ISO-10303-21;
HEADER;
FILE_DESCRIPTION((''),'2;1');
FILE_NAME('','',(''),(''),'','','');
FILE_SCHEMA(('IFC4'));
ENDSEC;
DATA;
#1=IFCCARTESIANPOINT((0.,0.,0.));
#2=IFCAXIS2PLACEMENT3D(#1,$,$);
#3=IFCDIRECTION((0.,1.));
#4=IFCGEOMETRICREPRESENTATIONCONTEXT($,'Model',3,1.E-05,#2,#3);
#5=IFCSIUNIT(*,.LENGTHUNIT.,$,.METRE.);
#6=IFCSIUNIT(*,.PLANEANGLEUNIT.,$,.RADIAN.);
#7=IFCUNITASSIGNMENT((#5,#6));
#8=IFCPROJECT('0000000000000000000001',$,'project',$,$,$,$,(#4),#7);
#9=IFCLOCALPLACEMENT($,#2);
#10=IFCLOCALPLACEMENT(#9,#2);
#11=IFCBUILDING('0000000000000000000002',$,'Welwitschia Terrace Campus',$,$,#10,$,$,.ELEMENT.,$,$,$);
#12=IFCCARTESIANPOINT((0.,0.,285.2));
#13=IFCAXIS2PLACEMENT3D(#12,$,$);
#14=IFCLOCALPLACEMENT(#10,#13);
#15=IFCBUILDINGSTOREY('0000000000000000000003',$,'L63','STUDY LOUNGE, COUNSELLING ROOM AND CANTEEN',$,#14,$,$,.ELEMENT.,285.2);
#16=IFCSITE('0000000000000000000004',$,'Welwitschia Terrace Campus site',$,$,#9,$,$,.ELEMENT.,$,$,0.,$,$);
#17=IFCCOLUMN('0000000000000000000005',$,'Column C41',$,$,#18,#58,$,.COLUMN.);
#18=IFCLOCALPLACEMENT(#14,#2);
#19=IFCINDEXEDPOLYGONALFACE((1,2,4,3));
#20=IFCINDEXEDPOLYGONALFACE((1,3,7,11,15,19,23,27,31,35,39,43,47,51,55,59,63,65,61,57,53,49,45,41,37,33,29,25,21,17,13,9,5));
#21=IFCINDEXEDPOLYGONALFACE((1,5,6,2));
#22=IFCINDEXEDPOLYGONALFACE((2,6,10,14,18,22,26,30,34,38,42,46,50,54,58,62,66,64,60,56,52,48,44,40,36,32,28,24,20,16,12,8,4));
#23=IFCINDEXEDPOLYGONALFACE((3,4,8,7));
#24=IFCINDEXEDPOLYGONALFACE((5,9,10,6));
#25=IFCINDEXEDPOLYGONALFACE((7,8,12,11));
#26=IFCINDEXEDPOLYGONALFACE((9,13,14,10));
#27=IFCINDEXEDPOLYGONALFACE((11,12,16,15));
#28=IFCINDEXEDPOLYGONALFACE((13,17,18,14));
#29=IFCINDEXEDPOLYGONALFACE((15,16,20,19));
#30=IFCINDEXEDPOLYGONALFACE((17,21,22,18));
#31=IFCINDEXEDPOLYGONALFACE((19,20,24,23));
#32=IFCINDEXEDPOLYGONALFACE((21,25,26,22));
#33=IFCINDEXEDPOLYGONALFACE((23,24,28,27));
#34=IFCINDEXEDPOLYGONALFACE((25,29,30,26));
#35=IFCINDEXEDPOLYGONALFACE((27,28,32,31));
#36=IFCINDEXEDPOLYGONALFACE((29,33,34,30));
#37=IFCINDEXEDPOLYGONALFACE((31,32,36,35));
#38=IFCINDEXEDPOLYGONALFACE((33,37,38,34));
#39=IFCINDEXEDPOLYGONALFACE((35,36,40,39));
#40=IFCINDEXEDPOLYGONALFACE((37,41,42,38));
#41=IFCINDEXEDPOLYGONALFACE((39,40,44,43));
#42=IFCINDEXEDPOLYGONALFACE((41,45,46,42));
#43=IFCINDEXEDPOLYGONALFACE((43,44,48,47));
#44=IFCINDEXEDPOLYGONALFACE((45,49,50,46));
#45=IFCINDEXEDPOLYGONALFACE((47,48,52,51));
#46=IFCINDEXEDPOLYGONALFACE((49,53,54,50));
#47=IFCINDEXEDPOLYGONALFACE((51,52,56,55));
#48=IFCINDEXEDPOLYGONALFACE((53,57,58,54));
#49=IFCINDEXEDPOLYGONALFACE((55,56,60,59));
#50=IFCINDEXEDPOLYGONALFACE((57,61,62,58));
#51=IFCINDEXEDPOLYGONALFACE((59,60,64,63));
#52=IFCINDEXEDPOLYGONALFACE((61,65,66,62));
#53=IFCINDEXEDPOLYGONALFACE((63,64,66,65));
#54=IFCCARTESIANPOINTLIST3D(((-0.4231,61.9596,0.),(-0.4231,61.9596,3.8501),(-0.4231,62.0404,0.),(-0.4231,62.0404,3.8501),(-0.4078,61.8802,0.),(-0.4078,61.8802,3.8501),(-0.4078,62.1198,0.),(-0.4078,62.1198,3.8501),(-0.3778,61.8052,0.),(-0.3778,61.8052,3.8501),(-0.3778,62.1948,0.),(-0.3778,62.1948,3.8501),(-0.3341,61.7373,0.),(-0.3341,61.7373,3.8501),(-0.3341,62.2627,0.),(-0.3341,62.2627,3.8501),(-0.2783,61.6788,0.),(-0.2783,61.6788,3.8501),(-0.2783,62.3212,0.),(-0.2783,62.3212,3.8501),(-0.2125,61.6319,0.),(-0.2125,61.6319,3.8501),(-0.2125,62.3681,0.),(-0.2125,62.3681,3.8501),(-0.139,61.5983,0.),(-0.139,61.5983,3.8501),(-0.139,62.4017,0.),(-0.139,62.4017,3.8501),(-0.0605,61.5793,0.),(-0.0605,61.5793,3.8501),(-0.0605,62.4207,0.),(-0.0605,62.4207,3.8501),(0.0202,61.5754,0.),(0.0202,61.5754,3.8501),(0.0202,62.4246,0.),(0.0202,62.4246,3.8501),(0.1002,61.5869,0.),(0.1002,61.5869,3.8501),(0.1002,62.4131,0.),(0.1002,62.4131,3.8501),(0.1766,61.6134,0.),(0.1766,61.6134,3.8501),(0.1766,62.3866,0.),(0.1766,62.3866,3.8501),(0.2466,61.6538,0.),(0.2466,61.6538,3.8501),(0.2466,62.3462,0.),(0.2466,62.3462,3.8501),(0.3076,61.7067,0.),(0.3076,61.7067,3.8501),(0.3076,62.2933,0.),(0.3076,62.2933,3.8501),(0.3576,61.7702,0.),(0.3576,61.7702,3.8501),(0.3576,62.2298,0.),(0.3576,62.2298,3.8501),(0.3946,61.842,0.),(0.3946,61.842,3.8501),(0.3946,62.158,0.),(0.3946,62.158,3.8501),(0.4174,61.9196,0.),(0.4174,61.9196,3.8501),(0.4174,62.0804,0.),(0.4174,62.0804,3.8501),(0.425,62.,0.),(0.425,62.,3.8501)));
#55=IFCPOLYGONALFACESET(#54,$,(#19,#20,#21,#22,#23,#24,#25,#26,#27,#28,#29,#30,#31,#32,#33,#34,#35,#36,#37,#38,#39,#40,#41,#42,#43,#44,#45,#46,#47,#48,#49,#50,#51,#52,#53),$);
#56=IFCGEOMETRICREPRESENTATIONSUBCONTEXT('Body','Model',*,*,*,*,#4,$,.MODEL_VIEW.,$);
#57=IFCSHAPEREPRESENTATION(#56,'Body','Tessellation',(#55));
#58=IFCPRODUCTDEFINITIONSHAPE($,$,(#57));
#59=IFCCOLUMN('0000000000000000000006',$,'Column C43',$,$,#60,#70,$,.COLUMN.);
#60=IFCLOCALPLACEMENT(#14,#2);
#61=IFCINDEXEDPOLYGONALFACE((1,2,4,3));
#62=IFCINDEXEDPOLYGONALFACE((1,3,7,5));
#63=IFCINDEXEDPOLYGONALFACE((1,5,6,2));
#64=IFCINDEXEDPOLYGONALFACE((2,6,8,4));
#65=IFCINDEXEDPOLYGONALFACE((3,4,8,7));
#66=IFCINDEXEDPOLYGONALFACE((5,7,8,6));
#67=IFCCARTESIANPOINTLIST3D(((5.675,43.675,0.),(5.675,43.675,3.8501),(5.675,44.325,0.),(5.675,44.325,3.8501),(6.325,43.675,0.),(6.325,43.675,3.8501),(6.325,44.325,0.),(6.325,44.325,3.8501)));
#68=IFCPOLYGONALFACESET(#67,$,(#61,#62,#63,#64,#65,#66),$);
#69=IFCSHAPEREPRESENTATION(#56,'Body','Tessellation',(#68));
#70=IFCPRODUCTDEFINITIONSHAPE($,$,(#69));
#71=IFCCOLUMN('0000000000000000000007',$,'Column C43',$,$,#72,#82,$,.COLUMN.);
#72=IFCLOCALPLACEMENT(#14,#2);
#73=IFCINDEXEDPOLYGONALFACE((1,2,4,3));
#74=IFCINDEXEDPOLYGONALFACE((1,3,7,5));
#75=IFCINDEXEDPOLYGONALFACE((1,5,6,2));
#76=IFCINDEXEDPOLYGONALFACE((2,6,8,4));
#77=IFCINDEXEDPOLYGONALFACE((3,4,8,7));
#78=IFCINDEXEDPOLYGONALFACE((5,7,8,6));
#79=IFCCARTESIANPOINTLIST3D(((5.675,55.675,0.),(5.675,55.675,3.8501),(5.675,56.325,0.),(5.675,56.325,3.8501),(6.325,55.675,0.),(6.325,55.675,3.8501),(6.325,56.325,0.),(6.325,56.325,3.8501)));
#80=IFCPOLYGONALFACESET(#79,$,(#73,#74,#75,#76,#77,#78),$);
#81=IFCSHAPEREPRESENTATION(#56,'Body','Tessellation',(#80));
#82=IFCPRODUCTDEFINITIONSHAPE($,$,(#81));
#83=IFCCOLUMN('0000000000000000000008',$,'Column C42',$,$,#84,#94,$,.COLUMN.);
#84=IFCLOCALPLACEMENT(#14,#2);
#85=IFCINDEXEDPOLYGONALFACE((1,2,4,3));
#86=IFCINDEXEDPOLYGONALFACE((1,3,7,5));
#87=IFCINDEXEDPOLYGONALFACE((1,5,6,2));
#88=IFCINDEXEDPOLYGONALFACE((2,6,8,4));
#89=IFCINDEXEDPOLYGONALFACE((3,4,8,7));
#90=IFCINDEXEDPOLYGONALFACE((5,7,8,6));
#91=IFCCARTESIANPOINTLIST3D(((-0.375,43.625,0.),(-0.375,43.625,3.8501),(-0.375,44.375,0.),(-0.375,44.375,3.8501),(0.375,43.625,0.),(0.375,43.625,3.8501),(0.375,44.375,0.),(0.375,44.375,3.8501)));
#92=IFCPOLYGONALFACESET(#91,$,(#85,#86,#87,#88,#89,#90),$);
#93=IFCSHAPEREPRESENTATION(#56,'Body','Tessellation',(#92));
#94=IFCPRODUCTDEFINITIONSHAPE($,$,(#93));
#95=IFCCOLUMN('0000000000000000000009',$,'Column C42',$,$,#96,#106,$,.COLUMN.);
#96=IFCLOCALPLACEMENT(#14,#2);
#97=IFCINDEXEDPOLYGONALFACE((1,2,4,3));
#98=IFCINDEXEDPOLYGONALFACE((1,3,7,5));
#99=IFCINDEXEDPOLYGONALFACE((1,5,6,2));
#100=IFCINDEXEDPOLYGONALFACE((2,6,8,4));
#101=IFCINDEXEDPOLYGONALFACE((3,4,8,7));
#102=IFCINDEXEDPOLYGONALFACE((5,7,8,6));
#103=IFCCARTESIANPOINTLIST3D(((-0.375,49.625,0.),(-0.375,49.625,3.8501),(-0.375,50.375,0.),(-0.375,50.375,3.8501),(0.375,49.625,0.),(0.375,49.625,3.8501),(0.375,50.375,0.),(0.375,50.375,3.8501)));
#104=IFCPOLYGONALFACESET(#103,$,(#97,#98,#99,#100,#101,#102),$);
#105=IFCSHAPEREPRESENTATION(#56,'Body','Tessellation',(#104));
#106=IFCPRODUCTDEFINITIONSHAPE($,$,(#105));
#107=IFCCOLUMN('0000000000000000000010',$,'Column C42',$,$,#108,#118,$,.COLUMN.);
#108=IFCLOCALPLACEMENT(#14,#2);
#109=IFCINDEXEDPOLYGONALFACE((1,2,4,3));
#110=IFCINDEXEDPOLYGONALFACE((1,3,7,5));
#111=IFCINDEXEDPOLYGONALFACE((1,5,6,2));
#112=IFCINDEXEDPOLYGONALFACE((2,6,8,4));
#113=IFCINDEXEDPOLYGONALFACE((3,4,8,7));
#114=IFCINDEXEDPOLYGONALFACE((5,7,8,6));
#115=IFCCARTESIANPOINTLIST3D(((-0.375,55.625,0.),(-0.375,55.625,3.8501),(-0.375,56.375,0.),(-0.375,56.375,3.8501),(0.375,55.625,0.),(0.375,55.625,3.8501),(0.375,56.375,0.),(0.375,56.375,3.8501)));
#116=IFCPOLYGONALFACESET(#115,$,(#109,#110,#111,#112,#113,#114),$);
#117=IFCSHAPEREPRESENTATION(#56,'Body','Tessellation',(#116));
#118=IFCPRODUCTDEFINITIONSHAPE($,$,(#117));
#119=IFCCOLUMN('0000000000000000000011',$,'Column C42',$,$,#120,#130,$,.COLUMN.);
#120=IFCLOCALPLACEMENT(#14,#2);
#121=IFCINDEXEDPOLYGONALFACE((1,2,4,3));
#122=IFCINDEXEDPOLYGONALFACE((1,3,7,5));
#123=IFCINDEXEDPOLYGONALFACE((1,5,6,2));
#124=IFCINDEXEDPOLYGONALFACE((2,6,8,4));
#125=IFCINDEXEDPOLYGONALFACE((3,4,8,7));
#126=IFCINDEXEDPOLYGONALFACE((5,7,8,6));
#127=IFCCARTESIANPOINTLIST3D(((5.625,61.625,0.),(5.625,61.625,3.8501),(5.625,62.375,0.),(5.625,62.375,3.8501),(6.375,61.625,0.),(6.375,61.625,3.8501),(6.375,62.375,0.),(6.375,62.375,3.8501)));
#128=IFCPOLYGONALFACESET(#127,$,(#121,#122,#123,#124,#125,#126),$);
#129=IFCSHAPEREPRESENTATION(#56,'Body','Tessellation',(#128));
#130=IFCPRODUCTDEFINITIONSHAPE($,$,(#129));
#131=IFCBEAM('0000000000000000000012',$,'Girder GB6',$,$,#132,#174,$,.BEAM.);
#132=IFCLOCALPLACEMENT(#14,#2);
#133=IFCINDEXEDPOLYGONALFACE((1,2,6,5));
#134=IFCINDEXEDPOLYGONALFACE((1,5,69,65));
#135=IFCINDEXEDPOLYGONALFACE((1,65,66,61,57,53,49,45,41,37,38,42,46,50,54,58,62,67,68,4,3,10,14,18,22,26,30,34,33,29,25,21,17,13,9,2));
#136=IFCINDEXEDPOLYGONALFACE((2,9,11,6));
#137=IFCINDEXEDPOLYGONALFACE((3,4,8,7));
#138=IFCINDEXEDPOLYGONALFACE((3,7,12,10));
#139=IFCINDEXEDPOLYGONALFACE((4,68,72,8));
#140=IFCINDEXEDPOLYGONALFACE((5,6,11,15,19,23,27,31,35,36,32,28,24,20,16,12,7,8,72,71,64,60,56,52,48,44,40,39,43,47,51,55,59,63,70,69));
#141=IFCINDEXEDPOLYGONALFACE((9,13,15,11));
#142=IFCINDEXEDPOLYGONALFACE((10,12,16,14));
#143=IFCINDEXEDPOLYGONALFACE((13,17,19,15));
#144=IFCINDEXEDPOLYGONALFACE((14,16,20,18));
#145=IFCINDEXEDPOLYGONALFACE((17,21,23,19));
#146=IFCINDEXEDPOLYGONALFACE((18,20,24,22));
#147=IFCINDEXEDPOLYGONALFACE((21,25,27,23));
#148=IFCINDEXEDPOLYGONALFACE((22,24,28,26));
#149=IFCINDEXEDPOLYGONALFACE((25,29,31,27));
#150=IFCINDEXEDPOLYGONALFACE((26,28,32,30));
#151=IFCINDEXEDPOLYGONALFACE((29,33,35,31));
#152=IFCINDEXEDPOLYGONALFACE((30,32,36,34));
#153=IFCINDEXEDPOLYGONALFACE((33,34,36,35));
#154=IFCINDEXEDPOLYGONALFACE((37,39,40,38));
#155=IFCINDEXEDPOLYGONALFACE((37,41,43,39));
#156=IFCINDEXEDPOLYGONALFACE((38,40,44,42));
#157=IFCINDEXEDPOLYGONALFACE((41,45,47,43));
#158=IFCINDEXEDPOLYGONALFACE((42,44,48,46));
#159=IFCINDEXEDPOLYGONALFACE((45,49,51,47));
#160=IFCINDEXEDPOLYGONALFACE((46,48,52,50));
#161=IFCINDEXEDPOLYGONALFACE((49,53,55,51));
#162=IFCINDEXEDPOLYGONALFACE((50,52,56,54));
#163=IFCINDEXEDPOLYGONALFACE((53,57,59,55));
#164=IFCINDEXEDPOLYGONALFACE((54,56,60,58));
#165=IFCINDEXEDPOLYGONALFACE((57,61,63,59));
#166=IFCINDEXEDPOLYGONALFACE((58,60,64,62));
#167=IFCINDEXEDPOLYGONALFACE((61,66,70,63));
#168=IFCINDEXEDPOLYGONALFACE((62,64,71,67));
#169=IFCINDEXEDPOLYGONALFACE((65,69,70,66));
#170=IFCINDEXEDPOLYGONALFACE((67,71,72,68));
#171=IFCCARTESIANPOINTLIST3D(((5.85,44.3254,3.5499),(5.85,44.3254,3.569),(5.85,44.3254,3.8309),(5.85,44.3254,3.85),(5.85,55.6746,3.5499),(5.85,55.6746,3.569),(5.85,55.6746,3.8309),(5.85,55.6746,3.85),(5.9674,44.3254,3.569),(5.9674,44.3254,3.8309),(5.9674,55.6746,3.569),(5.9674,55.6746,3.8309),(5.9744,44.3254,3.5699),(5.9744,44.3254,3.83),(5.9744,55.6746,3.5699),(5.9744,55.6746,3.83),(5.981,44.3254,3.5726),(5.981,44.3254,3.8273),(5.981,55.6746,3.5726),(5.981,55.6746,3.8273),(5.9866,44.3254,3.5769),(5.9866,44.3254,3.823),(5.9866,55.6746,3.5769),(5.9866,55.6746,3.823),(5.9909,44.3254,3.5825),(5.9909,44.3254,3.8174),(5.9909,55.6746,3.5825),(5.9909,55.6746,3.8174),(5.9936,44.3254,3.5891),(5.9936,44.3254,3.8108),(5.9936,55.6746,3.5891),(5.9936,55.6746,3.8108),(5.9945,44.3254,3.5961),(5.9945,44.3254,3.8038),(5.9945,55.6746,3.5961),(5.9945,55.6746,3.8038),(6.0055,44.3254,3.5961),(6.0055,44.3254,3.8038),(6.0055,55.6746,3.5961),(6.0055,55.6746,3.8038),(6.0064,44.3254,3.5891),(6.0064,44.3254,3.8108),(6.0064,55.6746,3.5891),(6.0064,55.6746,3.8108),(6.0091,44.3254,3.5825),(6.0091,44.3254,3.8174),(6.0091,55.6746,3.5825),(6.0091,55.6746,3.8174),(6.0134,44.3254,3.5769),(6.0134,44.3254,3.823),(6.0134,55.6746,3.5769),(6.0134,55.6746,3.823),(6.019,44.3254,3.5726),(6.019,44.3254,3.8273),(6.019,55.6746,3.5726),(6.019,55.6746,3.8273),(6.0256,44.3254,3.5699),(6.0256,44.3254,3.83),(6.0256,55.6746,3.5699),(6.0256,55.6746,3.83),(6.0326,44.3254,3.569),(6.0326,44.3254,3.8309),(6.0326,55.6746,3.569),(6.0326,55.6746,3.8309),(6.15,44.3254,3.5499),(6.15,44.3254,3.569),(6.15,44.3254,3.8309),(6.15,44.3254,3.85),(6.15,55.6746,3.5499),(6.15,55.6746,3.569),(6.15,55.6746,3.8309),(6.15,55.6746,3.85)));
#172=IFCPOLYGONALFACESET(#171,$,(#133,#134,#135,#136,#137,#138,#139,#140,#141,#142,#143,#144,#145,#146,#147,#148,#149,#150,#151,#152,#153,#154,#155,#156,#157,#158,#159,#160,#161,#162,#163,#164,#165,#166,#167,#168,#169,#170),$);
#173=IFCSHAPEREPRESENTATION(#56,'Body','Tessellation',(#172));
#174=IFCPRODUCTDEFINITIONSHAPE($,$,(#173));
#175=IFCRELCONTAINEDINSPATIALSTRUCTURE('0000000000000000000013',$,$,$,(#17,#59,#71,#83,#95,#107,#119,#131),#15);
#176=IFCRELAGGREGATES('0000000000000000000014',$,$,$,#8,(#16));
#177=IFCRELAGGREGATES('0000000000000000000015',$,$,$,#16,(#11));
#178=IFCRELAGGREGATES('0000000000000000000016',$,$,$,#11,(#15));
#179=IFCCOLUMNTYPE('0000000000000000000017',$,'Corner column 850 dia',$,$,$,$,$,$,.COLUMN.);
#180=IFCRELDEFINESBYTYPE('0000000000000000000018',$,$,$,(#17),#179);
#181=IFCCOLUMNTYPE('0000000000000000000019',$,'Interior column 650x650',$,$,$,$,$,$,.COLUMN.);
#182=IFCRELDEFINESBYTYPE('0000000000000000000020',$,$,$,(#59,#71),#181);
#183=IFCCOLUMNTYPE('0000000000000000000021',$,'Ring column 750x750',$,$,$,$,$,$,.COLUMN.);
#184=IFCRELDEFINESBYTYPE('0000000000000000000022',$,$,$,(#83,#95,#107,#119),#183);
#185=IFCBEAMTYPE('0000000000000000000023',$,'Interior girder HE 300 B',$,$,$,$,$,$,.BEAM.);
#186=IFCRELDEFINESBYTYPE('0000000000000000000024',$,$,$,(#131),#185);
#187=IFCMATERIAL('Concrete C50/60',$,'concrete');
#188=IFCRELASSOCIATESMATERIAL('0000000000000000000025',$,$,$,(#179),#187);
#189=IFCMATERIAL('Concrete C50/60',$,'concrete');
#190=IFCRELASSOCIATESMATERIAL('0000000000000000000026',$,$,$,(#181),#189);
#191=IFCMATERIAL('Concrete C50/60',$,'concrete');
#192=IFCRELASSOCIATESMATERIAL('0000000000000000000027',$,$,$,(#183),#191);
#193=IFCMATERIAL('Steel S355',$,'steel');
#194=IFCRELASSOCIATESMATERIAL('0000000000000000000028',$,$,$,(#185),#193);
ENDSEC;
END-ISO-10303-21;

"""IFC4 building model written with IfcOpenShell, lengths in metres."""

from ifc_helpers import new_model, si_unit, direction, frame, origin, origin_2d, place, context, subcontext, project, spatial, rectangle, circle, i_section, extrude, material, material_profile, profile_set, type_object, element, save


model = new_model("IFC4")

# Units and contexts
model_context = context("Model", 3, precision=1e-05, world=origin(), true_north=direction((0.0, 1.0)))
body_context = subcontext(model_context, "Body", "Model", "MODEL_VIEW")
ifc_project = project(units=[si_unit("LENGTHUNIT", "METRE"), si_unit("PLANEANGLEUNIT", "RADIAN")], contexts=[model_context])

# Site, building, storey
site_placement = place(None, origin())
site = spatial("IfcSite", under=ifc_project, at=site_placement, Name="Welwitschia Terrace Campus site", CompositionType="ELEMENT", RefElevation=0.0)
building_placement = place(site_placement, origin())
building = spatial("IfcBuilding", under=site, at=building_placement, Name="Welwitschia Terrace Campus", CompositionType="ELEMENT")
storey_placement = place(building_placement, frame((0.0, 0.0, 285.2)))
storey = spatial("IfcBuildingStorey", under=building, at=storey_placement, Name="L63", Description="STUDY LOUNGE, COUNSELLING ROOM AND CANTEEN", CompositionType="ELEMENT", Elevation=285.2)

# Columns
ifc_material_1 = material(Name="Concrete C50/60", Category="concrete")
ifc_material_profile_1 = material_profile(ifc_material_1, circle(Radius=0.425, at=origin_2d()))
ifc_profile_set_1 = profile_set([ifc_material_profile_1], Name="Concrete C50/60")
column_type_1 = type_object("IfcColumnType", Name="Corner column 850 dia", PredefinedType="COLUMN", material=ifc_profile_set_1)
column_placement = place(storey_placement, frame((0.0, 62.0, 0.0), z_axis=(0.0, 0.0, 1.0), x_axis=(1.0, 0.0, 0.0)))
element("IfcColumn", 1, at=column_placement, inside=storey, type_object=column_type_1, Name="Column C41", PredefinedType="COLUMN", context=body_context, shape_type="SweptSolid", body=[
    extrude(circle(Radius=0.425, at=origin_2d()), origin(), (0.0, 0.0, 1.0), 3.8501),
])
ifc_material_2 = material(Name="Concrete C50/60", Category="concrete")
ifc_material_profile_2 = material_profile(ifc_material_2, rectangle(XDim=0.6499, YDim=0.6499, at=origin_2d()))
ifc_profile_set_2 = profile_set([ifc_material_profile_2], Name="Concrete C50/60")
column_type_2 = type_object("IfcColumnType", Name="Interior column 650x650", PredefinedType="COLUMN", material=ifc_profile_set_2)
for number, where, z_axis, x_axis, name in (
    (2, (6.0, 44.0, 0.0), (0.0, 0.0, 1.0), (1.0, 0.0, 0.0), "Column C43"),
    (3, (6.0, 56.0, 0.0), (0.0, 0.0, 1.0), (1.0, 0.0, 0.0), "Column C43"),
):
    element("IfcColumn", number, at=place(storey_placement, frame(where, z_axis=z_axis, x_axis=x_axis)), inside=storey, type_object=column_type_2, Name=name, PredefinedType="COLUMN", context=body_context, shape_type="SweptSolid", body=[
        extrude(rectangle(XDim=0.6499, YDim=0.6499, at=origin_2d()), origin(), (0.0, 0.0, 1.0), 3.8501),
    ])
ifc_material_3 = material(Name="Concrete C50/60", Category="concrete")
ifc_material_profile_3 = material_profile(ifc_material_3, rectangle(XDim=0.75, YDim=0.75, at=origin_2d()))
ifc_profile_set_3 = profile_set([ifc_material_profile_3], Name="Concrete C50/60")
column_type_3 = type_object("IfcColumnType", Name="Ring column 750x750", PredefinedType="COLUMN", material=ifc_profile_set_3)
for number, where, z_axis, x_axis, name in (
    (4, (0.0, 44.0, 0.0), (0.0, 0.0, 1.0), (1.0, 0.0, 0.0), "Column C42"),
    (5, (0.0, 50.0, 0.0), (0.0, 0.0, 1.0), (1.0, 0.0, 0.0), "Column C42"),
    (6, (0.0, 56.0, 0.0), (0.0, 0.0, 1.0), (1.0, 0.0, 0.0), "Column C42"),
    (7, (6.0, 62.0, 0.0), (0.0, 0.0, 1.0), (1.0, 0.0, 0.0), "Column C42"),
):
    element("IfcColumn", number, at=place(storey_placement, frame(where, z_axis=z_axis, x_axis=x_axis)), inside=storey, type_object=column_type_3, Name=name, PredefinedType="COLUMN", context=body_context, shape_type="SweptSolid", body=[
        extrude(rectangle(XDim=0.75, YDim=0.75, at=origin_2d()), origin(), (0.0, 0.0, 1.0), 3.8501),
    ])

# Beam
ifc_material_4 = material(Name="Steel S355", Category="steel")
ifc_material_profile_4 = material_profile(ifc_material_4, i_section(OverallWidth=0.3, OverallDepth=0.3, WebThickness=0.011, FlangeThickness=0.019, FilletRadius=0.0271, at=origin_2d()))
ifc_profile_set_4 = profile_set([ifc_material_profile_4], Name="Steel S355")
beam_type_1 = type_object("IfcBeamType", Name="Interior girder HE 300 B", PredefinedType="BEAM", material=ifc_profile_set_4)
beam_1_placement = place(storey_placement, frame((6.0, 44.3254, 3.7), z_axis=(0.0, 1.0, 0.0), x_axis=(-1.0, 0.0, 0.0)))
element("IfcBeam", 8, at=beam_1_placement, inside=storey, type_object=beam_type_1, Name="Girder GB6", PredefinedType="BEAM", context=body_context, shape_type="SweptSolid", body=[
    extrude(i_section(OverallWidth=0.3, OverallDepth=0.3, WebThickness=0.011, FlangeThickness=0.019, FilletRadius=0.0271, at=origin_2d()), origin(), (0.0, 0.0, 1.0), 11.3491),
])

save(model, "model.ifc")
